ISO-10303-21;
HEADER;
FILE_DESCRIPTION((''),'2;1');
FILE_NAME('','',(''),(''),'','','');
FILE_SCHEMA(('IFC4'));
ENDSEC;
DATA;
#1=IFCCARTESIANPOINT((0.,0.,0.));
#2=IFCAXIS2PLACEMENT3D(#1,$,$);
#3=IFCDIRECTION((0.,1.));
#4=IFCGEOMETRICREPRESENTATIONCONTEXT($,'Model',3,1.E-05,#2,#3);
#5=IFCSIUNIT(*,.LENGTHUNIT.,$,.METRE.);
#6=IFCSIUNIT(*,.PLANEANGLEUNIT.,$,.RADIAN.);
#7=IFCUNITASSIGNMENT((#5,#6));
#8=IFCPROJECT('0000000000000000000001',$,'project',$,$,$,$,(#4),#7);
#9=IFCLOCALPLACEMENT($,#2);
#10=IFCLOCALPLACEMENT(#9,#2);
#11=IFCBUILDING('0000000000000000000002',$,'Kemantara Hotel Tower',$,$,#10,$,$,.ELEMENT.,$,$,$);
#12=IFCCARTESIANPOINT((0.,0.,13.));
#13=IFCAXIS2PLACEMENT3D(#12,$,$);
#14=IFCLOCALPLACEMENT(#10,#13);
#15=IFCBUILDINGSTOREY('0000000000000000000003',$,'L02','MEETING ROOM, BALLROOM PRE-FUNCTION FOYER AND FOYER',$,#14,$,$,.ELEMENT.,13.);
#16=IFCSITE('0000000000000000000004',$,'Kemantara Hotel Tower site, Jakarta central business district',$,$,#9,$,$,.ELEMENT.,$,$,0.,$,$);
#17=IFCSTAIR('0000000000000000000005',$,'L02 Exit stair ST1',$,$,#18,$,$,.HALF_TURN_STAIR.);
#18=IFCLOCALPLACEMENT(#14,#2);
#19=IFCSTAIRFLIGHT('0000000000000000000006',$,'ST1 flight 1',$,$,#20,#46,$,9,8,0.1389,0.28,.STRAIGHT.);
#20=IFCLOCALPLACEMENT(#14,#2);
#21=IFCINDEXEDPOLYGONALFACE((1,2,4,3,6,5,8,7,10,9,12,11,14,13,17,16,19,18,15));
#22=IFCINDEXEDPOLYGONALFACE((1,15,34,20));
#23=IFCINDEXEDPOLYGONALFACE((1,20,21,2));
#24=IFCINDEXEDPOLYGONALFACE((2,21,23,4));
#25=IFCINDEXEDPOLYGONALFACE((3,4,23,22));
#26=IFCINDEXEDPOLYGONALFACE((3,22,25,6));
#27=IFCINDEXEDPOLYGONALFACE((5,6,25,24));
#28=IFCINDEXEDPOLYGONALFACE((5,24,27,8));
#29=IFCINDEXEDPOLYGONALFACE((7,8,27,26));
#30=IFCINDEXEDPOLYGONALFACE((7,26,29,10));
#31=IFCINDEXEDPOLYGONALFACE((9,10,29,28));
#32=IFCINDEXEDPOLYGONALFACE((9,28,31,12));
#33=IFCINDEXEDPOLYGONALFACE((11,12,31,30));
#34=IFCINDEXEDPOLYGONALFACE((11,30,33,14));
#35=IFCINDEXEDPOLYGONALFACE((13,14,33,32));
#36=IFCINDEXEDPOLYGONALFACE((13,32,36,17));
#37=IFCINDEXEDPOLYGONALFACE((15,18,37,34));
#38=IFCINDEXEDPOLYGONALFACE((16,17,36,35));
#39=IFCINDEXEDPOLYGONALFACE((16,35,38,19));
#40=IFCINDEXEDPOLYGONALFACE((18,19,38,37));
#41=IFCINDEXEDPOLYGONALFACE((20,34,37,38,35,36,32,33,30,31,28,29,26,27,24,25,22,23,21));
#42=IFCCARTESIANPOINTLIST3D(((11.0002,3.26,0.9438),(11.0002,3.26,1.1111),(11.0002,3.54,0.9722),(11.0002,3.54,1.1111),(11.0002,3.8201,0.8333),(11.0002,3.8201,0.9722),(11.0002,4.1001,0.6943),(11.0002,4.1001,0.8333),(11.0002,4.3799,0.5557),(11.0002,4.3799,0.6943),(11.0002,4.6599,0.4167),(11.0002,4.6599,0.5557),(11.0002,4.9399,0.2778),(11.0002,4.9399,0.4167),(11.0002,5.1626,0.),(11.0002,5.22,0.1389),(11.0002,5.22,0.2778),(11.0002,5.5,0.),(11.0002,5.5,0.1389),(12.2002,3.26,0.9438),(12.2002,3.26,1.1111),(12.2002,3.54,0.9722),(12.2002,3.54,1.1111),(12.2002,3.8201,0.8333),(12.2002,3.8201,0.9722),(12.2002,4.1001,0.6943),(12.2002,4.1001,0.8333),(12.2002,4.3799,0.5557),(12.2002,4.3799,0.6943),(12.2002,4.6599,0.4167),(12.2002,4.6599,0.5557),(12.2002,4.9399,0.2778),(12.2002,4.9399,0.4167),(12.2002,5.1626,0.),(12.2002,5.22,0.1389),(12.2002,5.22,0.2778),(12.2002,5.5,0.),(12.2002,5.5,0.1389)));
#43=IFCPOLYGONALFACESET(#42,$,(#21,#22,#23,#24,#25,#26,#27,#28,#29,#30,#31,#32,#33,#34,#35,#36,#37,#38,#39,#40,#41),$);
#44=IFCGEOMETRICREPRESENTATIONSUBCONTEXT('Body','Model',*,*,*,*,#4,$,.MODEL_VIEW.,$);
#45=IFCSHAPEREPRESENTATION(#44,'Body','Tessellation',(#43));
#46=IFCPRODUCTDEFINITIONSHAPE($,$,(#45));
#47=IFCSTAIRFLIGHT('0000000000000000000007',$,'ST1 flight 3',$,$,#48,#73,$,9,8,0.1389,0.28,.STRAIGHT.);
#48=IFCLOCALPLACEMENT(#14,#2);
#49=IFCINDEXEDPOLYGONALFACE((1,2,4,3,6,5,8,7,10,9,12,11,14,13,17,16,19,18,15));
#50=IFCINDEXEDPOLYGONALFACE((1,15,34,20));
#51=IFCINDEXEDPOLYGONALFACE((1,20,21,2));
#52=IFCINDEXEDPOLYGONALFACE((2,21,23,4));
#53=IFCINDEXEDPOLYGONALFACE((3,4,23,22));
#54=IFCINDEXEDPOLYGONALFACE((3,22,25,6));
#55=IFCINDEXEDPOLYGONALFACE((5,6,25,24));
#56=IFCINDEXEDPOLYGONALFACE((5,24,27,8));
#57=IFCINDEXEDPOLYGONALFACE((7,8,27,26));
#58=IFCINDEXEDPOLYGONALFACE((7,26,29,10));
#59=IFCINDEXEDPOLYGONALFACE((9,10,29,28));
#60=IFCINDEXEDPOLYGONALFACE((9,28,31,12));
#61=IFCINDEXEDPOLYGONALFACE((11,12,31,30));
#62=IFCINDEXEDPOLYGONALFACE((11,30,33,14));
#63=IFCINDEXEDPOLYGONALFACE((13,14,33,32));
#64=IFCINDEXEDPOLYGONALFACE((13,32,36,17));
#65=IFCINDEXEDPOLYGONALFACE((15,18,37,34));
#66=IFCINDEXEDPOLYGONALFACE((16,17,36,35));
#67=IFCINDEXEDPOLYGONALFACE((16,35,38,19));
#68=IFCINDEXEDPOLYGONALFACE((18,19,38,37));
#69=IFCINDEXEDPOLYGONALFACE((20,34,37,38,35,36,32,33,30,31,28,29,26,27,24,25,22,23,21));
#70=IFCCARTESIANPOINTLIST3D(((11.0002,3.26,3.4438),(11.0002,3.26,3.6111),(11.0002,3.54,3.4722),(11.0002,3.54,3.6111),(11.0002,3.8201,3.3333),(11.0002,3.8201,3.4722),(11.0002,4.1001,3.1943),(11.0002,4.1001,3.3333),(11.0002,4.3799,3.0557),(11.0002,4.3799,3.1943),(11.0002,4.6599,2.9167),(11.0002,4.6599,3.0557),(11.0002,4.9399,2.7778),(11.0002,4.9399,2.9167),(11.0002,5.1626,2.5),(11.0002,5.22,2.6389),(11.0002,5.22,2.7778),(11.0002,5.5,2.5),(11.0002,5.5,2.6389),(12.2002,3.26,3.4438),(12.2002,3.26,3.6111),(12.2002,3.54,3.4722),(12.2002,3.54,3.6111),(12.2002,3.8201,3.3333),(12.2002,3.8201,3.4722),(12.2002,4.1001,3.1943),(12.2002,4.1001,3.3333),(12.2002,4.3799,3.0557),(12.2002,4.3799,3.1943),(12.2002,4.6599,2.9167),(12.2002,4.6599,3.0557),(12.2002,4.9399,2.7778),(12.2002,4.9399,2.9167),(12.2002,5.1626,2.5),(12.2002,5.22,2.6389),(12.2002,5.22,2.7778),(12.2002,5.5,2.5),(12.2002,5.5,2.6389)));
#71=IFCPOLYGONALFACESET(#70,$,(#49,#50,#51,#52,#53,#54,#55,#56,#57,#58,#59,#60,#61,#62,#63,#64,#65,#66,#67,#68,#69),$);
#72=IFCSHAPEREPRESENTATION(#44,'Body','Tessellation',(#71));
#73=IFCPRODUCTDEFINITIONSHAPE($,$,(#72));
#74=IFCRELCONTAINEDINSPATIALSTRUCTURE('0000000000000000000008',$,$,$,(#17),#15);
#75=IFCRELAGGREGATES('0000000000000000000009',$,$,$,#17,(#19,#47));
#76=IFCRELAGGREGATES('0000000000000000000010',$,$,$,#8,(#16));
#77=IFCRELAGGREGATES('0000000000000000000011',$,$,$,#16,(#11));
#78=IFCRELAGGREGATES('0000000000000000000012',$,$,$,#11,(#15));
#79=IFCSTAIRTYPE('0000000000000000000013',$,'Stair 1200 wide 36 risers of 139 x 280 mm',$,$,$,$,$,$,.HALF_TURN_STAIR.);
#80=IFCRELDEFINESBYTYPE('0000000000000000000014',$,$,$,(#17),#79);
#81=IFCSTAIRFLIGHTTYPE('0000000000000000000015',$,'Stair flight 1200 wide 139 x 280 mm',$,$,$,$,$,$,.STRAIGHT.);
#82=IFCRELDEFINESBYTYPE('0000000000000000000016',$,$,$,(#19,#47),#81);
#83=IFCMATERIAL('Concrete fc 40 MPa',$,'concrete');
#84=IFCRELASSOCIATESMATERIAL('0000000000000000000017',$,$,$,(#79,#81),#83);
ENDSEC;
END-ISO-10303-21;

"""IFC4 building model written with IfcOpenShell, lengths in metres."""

from ifc_helpers import new_model, si_unit, direction, frame, origin, place, context, subcontext, project, spatial, polyline, outline, extrude, material, type_object, element, aggregate, save


model = new_model("IFC4")

# Units and contexts
model_context = context("Model", 3, precision=1e-05, world=origin(), true_north=direction((0.0, 1.0)))
body_context = subcontext(model_context, "Body", "Model", "MODEL_VIEW")
ifc_project = project(units=[si_unit("LENGTHUNIT", "METRE"), si_unit("PLANEANGLEUNIT", "RADIAN")], contexts=[model_context])

# Site, building, storey
site_placement = place(None, origin())
site = spatial("IfcSite", under=ifc_project, at=site_placement, Name="Kemantara Hotel Tower site, Jakarta central business district", CompositionType="ELEMENT", RefElevation=0.0)
building_placement = place(site_placement, origin())
building = spatial("IfcBuilding", under=site, at=building_placement, Name="Kemantara Hotel Tower", CompositionType="ELEMENT")
storey_placement = place(building_placement, frame((0.0, 0.0, 13.0)))
storey = spatial("IfcBuildingStorey", under=building, at=storey_placement, Name="L02", Description="MEETING ROOM, BALLROOM PRE-FUNCTION FOYER AND FOYER", CompositionType="ELEMENT", Elevation=13.0)

# Stair, stair flights
ifc_material_1 = material(Name="Concrete fc 40 MPa", Category="concrete")
stair_type = type_object("IfcStairType", Name="Stair 1200 wide 36 risers of 139 x 280 mm", PredefinedType="HALF_TURN_STAIR", material=ifc_material_1)
stair_placement = place(storey_placement, origin())
stair = element("IfcStair", 1, at=stair_placement, inside=storey, type_object=stair_type, Name="L02 Exit stair ST1", PredefinedType="HALF_TURN_STAIR")
stair_flight_type = type_object("IfcStairFlightType", Name="Stair flight 1200 wide 139 x 280 mm", PredefinedType="STRAIGHT", material=ifc_material_1)
stair_flight_1_placement = place(storey_placement, frame((11.6001, 5.5, 0.0), z_axis=(0.0, 0.0, 1.0), x_axis=(0.0, -1.0, 0.0)))
stair_flight_1 = element("IfcStairFlight", 2, at=stair_flight_1_placement, type_object=stair_flight_type, Name="ST1 flight 1", NumberOfRisers=9, NumberOfTreads=8, PredefinedType="STRAIGHT", RiserHeight=0.1389, TreadLength=0.28, context=body_context, shape_type="SweptSolid", body=[
    extrude(outline(polyline([(0.0, 0.0), (0.0, 0.1389), (0.28, 0.1389), (0.28, 0.2778), (0.5601, 0.2778), (0.5601, 0.4167), (0.8401, 0.4167), (0.8401, 0.5557), (1.1201, 0.5557), (1.1201, 0.6943), (1.3999, 0.6943), (1.3999, 0.8333), (1.6799, 0.8333), (1.6799, 0.9722), (1.96, 0.9722), (1.96, 1.1111), (2.24, 1.1111), (2.24, 1.25), (2.24, 0.9438), (0.3374, 0.0), (0.0, 0.0)])), frame((0.0, 0.6001, 0.0), z_axis=(0.0, -1.0, 0.0), x_axis=(1.0, 0.0, 0.0)), (0.0, 0.0, 1.0), 1.2),
])
stair_flight_2_placement = place(storey_placement, frame((11.6001, 5.5, 2.5), z_axis=(0.0, 0.0, 1.0), x_axis=(0.0, -1.0, 0.0)))
stair_flight_2 = element("IfcStairFlight", 3, at=stair_flight_2_placement, type_object=stair_flight_type, Name="ST1 flight 3", NumberOfRisers=9, NumberOfTreads=8, PredefinedType="STRAIGHT", RiserHeight=0.1389, TreadLength=0.28, context=body_context, shape_type="SweptSolid", body=[
    extrude(outline(polyline([(0.0, 0.0), (0.0, 0.1389), (0.28, 0.1389), (0.28, 0.2778), (0.5601, 0.2778), (0.5601, 0.4167), (0.8401, 0.4167), (0.8401, 0.5557), (1.1201, 0.5557), (1.1201, 0.6943), (1.3999, 0.6943), (1.3999, 0.8333), (1.6799, 0.8333), (1.6799, 0.9722), (1.96, 0.9722), (1.96, 1.1111), (2.24, 1.1111), (2.24, 1.25), (2.24, 0.9438), (0.3374, 0.0), (0.0, 0.0)])), frame((0.0, 0.6001, 0.0), z_axis=(0.0, -1.0, 0.0), x_axis=(1.0, 0.0, 0.0)), (0.0, 0.0, 1.0), 1.2),
])
aggregate(stair, [stair_flight_1, stair_flight_2])

save(model, "model.ifc")
